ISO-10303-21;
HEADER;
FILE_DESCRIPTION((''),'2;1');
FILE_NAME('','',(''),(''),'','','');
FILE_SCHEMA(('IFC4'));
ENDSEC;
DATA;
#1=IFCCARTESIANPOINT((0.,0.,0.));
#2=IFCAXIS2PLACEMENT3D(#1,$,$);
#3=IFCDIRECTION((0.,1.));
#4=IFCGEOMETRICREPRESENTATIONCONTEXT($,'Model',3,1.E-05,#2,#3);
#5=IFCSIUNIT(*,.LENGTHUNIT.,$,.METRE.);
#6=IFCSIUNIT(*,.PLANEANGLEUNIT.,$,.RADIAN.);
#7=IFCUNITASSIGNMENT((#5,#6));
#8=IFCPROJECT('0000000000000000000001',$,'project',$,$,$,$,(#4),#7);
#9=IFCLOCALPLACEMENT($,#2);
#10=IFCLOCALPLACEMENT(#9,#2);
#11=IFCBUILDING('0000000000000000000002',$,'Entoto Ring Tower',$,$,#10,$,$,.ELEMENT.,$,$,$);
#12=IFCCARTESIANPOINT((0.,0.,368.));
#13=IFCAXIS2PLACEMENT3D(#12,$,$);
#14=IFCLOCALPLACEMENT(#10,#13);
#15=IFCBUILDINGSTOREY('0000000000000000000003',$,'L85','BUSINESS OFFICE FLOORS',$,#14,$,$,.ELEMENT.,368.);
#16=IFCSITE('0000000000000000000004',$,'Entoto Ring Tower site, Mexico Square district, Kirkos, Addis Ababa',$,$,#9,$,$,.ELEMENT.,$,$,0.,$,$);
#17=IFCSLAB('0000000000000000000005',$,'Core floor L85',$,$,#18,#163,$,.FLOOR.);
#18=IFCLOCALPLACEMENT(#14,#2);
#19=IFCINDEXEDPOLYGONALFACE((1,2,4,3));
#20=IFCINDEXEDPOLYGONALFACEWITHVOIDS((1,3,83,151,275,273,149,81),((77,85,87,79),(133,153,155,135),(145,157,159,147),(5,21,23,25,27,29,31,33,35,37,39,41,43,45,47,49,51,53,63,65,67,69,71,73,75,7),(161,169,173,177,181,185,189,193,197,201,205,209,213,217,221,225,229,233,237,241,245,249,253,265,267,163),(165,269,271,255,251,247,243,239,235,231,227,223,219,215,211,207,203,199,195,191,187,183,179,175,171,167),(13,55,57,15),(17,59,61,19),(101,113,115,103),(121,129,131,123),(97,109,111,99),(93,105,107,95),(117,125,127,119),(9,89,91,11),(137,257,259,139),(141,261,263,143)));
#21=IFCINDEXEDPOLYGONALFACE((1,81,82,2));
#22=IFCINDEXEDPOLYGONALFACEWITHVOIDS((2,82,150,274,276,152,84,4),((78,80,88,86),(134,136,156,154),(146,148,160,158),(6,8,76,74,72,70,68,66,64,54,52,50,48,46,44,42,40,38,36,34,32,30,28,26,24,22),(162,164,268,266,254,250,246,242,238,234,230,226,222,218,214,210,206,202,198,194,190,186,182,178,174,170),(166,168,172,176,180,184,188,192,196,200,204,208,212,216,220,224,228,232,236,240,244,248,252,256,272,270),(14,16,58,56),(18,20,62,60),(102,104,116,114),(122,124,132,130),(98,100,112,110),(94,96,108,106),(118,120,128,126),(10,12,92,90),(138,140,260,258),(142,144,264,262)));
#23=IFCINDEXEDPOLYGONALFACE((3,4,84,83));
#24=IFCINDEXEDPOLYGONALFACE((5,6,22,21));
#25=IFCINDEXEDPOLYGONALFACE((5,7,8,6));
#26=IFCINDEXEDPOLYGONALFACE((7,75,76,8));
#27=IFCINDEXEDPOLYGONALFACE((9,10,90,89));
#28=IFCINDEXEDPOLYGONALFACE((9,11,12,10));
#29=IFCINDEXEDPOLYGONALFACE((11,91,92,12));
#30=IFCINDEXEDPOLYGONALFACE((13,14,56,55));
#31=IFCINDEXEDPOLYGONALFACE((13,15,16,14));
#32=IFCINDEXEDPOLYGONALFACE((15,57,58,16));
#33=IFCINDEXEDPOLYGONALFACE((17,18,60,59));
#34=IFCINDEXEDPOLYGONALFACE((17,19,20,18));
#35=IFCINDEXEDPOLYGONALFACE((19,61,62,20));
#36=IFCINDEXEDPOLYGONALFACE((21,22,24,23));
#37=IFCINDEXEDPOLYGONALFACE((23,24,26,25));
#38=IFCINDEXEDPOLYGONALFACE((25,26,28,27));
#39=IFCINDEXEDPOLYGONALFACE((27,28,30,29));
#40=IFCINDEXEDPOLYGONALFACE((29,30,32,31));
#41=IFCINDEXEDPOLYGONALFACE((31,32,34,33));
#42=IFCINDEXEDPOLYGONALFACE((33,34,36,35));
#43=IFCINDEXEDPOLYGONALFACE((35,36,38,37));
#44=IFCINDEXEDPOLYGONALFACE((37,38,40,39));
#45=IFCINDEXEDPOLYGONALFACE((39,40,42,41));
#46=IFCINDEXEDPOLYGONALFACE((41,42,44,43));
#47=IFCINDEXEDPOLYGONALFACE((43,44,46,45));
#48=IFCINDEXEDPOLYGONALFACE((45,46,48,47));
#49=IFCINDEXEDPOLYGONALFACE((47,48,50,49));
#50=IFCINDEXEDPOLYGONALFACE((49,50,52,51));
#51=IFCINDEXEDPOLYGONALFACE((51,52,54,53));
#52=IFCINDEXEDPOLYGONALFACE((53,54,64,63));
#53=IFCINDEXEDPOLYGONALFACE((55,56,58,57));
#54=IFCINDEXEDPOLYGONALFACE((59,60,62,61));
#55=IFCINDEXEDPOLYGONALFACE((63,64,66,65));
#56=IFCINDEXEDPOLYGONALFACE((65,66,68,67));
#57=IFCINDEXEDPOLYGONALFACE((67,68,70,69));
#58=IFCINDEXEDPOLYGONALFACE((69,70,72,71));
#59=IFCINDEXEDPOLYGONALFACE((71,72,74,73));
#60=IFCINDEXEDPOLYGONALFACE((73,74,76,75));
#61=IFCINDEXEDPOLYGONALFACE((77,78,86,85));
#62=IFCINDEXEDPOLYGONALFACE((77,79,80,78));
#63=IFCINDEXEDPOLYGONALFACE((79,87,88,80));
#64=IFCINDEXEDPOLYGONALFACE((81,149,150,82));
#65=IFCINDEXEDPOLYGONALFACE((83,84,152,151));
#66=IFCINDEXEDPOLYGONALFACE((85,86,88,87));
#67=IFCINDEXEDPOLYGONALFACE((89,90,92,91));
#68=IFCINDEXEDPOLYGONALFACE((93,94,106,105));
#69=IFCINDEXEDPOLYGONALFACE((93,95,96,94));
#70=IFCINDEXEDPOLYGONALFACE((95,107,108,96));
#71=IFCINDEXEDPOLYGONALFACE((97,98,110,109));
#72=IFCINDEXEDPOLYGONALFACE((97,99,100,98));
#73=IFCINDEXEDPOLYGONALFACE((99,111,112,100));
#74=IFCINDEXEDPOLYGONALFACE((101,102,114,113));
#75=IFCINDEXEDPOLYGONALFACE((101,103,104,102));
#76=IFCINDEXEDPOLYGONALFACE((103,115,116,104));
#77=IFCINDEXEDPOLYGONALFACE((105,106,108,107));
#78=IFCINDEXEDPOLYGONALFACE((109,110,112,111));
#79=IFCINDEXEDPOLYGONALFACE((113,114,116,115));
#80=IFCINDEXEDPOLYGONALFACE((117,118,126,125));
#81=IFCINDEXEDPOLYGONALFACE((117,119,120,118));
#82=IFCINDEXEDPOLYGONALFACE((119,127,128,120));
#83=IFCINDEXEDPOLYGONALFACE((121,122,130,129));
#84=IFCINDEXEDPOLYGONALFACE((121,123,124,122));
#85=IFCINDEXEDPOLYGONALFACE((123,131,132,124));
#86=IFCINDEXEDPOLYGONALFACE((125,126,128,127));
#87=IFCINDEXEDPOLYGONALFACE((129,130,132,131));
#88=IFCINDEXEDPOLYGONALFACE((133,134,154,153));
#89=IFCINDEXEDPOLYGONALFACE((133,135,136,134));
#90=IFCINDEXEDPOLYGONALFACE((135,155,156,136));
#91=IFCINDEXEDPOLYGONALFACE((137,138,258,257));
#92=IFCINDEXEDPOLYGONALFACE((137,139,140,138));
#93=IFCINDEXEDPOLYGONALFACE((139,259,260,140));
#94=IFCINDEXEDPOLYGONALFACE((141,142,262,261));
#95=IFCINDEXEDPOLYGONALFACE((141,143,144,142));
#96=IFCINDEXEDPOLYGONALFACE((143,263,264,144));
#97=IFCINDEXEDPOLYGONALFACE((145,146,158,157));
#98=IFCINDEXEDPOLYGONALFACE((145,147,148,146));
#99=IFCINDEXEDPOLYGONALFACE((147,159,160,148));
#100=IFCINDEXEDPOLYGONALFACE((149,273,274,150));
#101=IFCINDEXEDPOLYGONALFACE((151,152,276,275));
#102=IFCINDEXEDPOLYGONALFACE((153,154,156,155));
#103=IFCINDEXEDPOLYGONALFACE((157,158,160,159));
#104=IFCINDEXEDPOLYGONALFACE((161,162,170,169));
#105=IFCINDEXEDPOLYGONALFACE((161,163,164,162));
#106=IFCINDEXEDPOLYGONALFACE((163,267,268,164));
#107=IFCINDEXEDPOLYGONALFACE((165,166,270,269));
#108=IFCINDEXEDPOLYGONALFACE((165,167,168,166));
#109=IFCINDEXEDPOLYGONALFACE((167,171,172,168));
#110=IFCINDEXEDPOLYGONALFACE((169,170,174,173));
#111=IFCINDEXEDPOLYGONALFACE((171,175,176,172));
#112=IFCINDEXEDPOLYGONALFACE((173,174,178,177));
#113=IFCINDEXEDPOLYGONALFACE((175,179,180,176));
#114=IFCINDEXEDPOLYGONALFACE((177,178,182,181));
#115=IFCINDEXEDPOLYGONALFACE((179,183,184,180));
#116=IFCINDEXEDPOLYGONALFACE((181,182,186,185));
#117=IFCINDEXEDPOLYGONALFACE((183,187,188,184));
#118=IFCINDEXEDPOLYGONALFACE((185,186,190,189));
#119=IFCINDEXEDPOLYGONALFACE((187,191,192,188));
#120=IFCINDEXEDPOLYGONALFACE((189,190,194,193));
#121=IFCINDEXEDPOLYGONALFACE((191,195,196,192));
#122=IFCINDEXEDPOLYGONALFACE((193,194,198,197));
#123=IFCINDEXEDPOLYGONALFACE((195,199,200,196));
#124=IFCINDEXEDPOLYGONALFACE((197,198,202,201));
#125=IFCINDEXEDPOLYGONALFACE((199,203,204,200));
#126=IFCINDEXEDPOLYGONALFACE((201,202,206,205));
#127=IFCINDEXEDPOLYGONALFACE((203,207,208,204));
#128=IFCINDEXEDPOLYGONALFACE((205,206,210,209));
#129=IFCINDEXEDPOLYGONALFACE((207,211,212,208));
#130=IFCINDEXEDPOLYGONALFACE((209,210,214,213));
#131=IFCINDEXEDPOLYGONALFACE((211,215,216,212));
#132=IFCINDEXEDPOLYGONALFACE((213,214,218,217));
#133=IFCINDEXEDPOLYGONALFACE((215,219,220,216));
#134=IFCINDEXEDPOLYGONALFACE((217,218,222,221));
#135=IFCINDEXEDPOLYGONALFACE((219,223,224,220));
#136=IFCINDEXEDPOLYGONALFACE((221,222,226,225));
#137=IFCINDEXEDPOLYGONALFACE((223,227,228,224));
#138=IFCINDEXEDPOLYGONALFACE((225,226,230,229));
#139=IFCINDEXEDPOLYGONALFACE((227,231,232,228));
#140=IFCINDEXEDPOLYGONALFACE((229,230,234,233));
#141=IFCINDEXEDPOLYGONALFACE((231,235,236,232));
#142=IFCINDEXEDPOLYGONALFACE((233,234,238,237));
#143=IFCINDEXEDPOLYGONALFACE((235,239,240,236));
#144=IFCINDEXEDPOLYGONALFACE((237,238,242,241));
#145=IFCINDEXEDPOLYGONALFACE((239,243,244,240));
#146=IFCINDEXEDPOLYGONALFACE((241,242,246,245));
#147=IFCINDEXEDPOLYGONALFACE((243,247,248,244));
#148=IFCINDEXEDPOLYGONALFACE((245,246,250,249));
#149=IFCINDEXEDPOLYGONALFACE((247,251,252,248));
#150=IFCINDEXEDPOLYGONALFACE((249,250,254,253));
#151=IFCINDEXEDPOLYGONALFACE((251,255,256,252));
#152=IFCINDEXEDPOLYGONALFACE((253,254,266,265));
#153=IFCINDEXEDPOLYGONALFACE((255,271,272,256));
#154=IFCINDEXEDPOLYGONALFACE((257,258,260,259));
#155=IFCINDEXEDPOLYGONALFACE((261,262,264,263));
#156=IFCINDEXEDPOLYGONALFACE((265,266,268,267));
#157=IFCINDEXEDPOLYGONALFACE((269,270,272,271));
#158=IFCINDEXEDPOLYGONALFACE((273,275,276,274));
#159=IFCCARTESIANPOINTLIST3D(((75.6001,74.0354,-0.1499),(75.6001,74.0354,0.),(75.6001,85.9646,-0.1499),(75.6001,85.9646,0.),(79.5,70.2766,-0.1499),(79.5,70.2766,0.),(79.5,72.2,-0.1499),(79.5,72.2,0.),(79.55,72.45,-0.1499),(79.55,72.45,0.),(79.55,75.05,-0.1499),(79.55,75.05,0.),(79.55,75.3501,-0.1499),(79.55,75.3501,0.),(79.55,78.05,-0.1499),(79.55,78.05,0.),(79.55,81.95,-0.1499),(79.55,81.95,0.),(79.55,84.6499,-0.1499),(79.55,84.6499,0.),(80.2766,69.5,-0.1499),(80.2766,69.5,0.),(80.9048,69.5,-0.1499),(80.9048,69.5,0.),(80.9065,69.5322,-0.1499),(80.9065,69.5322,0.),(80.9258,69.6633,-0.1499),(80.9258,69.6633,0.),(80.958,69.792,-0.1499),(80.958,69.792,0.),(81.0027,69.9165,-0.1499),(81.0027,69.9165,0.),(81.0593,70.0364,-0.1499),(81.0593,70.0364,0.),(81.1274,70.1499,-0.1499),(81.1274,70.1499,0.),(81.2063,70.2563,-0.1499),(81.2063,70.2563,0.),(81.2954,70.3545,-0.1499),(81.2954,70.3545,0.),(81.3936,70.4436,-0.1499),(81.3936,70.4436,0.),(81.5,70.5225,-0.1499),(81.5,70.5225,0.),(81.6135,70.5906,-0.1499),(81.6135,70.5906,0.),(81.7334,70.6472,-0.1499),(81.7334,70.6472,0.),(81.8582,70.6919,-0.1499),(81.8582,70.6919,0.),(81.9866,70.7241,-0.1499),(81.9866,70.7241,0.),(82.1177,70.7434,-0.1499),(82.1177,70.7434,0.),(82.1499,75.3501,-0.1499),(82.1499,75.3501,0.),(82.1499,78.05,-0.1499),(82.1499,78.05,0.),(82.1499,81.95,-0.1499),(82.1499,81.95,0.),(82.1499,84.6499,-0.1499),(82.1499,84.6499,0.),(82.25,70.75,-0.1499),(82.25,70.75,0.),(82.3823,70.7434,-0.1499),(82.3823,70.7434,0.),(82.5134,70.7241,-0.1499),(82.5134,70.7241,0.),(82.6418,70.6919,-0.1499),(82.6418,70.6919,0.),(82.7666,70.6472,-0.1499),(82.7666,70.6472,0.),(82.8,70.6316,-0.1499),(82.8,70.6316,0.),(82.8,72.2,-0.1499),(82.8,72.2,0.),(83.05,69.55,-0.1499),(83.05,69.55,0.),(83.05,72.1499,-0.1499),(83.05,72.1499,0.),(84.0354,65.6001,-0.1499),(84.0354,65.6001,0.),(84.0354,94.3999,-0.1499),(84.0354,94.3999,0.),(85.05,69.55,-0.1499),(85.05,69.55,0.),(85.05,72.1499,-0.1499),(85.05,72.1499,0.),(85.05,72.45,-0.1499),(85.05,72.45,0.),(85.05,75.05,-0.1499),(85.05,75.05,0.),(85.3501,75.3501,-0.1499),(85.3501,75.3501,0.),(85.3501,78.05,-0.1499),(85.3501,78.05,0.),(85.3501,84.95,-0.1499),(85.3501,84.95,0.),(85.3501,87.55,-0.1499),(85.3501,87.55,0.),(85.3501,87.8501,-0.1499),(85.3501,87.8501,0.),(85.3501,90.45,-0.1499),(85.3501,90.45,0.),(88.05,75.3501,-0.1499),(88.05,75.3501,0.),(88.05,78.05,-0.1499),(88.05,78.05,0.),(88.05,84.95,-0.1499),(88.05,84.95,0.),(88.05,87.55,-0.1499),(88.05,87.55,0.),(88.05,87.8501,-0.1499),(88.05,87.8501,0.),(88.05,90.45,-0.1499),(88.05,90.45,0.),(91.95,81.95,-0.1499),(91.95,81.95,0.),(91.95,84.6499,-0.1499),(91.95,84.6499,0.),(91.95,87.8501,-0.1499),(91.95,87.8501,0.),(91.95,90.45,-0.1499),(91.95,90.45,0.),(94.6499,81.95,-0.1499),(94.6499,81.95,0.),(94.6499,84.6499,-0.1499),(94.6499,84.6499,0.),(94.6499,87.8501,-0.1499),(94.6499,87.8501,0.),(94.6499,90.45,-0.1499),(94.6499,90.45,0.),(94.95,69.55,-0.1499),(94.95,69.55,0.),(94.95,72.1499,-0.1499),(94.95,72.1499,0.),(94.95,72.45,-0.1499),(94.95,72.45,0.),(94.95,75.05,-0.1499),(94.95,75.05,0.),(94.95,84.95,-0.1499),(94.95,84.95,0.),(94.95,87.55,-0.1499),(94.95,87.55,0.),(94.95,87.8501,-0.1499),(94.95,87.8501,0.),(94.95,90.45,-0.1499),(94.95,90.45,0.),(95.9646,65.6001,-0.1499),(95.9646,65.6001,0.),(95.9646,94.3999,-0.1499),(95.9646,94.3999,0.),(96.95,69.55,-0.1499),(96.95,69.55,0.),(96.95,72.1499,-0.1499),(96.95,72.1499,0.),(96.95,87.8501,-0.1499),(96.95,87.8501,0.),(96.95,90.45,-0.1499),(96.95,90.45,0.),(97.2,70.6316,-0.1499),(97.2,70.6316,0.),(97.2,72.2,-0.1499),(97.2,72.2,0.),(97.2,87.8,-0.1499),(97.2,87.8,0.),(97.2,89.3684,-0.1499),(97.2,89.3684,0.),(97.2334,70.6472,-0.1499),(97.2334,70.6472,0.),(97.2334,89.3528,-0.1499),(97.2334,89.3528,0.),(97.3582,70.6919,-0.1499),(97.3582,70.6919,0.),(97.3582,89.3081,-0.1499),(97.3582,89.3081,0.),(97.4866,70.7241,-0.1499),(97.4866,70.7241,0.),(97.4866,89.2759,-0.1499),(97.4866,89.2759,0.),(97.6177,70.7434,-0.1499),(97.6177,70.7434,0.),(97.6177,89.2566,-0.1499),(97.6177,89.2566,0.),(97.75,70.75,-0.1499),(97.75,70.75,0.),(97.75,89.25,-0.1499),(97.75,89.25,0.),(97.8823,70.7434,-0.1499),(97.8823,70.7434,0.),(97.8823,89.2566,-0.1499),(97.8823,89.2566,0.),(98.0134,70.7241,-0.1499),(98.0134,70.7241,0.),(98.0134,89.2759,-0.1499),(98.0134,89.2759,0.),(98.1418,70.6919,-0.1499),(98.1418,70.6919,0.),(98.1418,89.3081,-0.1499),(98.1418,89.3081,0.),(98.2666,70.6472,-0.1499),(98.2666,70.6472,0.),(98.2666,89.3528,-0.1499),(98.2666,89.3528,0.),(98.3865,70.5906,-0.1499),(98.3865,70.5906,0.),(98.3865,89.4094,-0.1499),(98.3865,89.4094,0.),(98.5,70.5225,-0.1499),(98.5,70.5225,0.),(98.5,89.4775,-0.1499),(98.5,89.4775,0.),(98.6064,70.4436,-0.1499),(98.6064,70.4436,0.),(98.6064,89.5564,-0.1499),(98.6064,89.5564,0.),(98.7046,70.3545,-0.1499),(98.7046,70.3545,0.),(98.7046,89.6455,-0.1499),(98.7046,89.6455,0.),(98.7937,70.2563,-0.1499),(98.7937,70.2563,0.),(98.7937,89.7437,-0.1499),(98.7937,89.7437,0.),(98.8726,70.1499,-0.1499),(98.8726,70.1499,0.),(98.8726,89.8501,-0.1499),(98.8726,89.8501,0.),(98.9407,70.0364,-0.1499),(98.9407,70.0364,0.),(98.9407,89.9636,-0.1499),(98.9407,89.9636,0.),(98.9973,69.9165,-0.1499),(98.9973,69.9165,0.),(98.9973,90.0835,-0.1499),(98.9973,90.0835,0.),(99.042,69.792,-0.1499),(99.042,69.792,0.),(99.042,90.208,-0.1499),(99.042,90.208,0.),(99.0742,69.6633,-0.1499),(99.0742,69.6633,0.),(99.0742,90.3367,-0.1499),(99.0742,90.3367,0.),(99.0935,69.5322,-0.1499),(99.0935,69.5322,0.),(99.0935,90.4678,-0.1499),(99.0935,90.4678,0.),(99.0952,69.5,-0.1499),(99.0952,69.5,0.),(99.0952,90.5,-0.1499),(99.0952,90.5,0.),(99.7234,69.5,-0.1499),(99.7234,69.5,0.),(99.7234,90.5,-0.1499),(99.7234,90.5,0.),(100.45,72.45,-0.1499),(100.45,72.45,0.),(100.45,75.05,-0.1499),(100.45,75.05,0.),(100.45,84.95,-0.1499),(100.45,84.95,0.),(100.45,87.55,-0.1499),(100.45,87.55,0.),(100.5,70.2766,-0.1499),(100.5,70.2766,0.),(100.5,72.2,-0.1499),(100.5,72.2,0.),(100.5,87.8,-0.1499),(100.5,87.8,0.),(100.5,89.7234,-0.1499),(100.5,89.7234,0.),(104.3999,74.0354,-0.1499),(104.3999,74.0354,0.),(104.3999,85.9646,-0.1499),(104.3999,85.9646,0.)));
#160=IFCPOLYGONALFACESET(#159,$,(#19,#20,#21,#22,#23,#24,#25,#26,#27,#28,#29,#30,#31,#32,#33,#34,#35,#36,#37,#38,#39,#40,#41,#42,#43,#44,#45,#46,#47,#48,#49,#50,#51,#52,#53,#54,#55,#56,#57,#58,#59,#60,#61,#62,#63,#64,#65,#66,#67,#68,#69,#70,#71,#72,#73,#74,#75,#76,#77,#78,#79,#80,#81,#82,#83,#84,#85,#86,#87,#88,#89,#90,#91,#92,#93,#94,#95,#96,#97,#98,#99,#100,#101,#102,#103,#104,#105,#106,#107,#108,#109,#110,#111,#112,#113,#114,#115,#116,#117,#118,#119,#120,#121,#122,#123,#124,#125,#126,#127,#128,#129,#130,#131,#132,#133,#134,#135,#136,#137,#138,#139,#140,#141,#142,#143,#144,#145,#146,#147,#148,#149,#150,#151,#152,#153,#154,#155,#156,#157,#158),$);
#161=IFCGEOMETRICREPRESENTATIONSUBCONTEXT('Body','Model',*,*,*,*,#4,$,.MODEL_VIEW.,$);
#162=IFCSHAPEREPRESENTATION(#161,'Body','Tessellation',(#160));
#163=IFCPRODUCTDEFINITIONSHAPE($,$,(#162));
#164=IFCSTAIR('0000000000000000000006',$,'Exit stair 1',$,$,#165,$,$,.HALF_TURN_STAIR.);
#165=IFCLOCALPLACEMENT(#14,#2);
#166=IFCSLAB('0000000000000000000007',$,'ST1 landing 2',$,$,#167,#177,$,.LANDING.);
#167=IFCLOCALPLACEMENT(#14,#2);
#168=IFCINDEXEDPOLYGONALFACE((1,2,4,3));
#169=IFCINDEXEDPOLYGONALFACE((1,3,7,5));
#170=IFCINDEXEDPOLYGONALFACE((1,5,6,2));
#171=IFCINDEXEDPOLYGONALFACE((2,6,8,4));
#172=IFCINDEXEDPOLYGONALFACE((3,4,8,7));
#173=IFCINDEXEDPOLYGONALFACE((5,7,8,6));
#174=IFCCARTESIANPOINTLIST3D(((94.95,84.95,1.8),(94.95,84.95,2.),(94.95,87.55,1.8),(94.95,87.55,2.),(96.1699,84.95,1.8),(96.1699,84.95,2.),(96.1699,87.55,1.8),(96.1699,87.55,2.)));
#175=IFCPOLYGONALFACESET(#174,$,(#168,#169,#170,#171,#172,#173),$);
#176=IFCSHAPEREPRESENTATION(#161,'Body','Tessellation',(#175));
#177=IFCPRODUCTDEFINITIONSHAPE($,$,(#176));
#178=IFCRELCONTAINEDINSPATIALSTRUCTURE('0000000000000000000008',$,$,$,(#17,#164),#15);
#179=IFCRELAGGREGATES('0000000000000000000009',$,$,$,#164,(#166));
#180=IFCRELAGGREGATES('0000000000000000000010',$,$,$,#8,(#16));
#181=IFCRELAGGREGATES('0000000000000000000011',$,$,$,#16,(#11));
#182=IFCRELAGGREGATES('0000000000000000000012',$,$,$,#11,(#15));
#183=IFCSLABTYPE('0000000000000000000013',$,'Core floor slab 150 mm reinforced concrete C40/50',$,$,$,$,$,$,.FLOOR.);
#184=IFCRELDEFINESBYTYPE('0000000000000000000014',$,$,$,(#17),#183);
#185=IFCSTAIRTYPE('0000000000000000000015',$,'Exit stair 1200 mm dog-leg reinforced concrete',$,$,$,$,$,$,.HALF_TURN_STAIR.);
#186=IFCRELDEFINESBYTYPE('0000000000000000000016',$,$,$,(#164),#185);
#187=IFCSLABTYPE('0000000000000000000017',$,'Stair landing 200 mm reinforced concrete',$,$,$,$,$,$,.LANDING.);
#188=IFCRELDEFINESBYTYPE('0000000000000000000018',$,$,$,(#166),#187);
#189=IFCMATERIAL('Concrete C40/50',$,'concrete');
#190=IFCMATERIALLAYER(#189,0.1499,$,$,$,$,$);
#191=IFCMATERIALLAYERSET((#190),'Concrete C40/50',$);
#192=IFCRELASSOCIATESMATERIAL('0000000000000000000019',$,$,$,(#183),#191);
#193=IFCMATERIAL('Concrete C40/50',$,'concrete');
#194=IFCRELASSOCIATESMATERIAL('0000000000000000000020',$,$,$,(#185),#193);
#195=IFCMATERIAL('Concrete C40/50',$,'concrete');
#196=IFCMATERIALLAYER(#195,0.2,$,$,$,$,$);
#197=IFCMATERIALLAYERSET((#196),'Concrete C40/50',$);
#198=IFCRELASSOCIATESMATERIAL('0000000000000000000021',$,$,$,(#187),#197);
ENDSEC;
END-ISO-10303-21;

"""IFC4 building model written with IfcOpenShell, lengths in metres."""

from ifc_helpers import new_model, si_unit, direction, frame, origin, place, context, subcontext, project, spatial, polyline, outline, extrude, material, layer, layer_set, type_object, element, aggregate, save


model = new_model("IFC4")

# Units and contexts
model_context = context("Model", 3, precision=1e-05, world=origin(), true_north=direction((0.0, 1.0)))
body_context = subcontext(model_context, "Body", "Model", "MODEL_VIEW")
ifc_project = project(units=[si_unit("LENGTHUNIT", "METRE"), si_unit("PLANEANGLEUNIT", "RADIAN")], contexts=[model_context])

# Site, building, storey
site_placement = place(None, origin())
site = spatial("IfcSite", under=ifc_project, at=site_placement, Name="Entoto Ring Tower site, Mexico Square district, Kirkos, Addis Ababa", CompositionType="ELEMENT", RefElevation=0.0)
building_placement = place(site_placement, origin())
building = spatial("IfcBuilding", under=site, at=building_placement, Name="Entoto Ring Tower", CompositionType="ELEMENT")
storey_placement = place(building_placement, frame((0.0, 0.0, 368.0)))
storey = spatial("IfcBuildingStorey", under=building, at=storey_placement, Name="L85", Description="BUSINESS OFFICE FLOORS", CompositionType="ELEMENT", Elevation=368.0)

# Slab
ifc_material_1 = material(Name="Concrete C40/50", Category="concrete")
ifc_layer_1 = layer(ifc_material_1, 0.1499)
ifc_layer_set_1 = layer_set([ifc_layer_1], Name="Concrete C40/50")
slab_type_1 = type_object("IfcSlabType", Name="Core floor slab 150 mm reinforced concrete C40/50", PredefinedType="FLOOR", material=ifc_layer_set_1)
slab_1_placement = place(storey_placement, frame((0.0, 0.0, -0.1499)))
element("IfcSlab", 1, at=slab_1_placement, inside=storey, type_object=slab_type_1, Name="Core floor L85", PredefinedType="FLOOR", context=body_context, shape_type="SweptSolid", body=[
    extrude(outline(polyline([(104.3999, 74.0354), (104.3999, 85.9646), (95.9646, 94.3999), (84.0354, 94.3999), (75.6001, 85.9646), (75.6001, 74.0354), (84.0354, 65.6001), (95.9646, 65.6001), (104.3999, 74.0354)]), holes=[polyline([(100.45, 84.95), (100.45, 87.55), (94.95, 87.55), (94.95, 84.95), (100.45, 84.95)]), polyline([(85.05, 72.45), (85.05, 75.05), (79.55, 75.05), (79.55, 72.45), (85.05, 72.45)]), polyline([(100.45, 72.45), (100.45, 75.05), (94.95, 75.05), (94.95, 72.45), (100.45, 72.45)]), polyline([(94.95, 90.45), (94.95, 87.8501), (96.95, 87.8501), (96.95, 90.45), (94.95, 90.45)]), polyline([(94.95, 72.1499), (94.95, 69.55), (96.95, 69.55), (96.95, 72.1499), (94.95, 72.1499)]), polyline([(83.05, 72.1499), (83.05, 69.55), (85.05, 69.55), (85.05, 72.1499), (83.05, 72.1499)]), polyline([(79.55, 81.95), (82.1499, 81.95), (82.1499, 84.6499), (79.55, 84.6499), (79.55, 81.95)]), polyline([(79.55, 75.3501), (82.1499, 75.3501), (82.1499, 78.05), (79.55, 78.05), (79.55, 75.3501)]), polyline([(91.95, 87.8501), (94.6499, 87.8501), (94.6499, 90.45), (91.95, 90.45), (91.95, 87.8501)]), polyline([(91.95, 81.95), (94.6499, 81.95), (94.6499, 84.6499), (91.95, 84.6499), (91.95, 81.95)]), polyline([(85.3501, 75.3501), (88.05, 75.3501), (88.05, 78.05), (85.3501, 78.05), (85.3501, 75.3501)]), polyline([(85.3501, 84.95), (88.05, 84.95), (88.05, 87.55), (85.3501, 87.55), (85.3501, 84.95)]), polyline([(85.3501, 87.8501), (88.05, 87.8501), (88.05, 90.45), (85.3501, 90.45), (85.3501, 87.8501)]), polyline([(97.2, 89.3684), (97.2, 87.8), (100.5, 87.8), (100.5, 89.7234), (99.7234, 90.5), (99.0952, 90.5), (99.0935, 90.4678), (99.0742, 90.3367), (99.042, 90.208), (98.9973, 90.0835), (98.9407, 89.9636), (98.8726, 89.8501), (98.7937, 89.7437), (98.7046, 89.6455), (98.6064, 89.5564), (98.5, 89.4775), (98.3865, 89.4094), (98.2666, 89.3528), (98.1418, 89.3081), (98.0134, 89.2759), (97.8823, 89.2566), (97.75, 89.25), (97.6177, 89.2566), (97.4866, 89.2759), (97.3582, 89.3081), (97.2334, 89.3528), (97.2, 89.3684)]), polyline([(80.2766, 69.5), (80.9048, 69.5), (80.9065, 69.5322), (80.9258, 69.6633), (80.958, 69.792), (81.0027, 69.9165), (81.0593, 70.0364), (81.1274, 70.1499), (81.2063, 70.2563), (81.2954, 70.3545), (81.3936, 70.4436), (81.5, 70.5225), (81.6135, 70.5906), (81.7334, 70.6472), (81.8582, 70.6919), (81.9866, 70.7241), (82.1177, 70.7434), (82.25, 70.75), (82.3823, 70.7434), (82.5134, 70.7241), (82.6418, 70.6919), (82.7666, 70.6472), (82.8, 70.6316), (82.8, 72.2), (79.5, 72.2), (79.5, 70.2766), (80.2766, 69.5)]), polyline([(99.0952, 69.5), (99.7234, 69.5), (100.5, 70.2766), (100.5, 72.2), (97.2, 72.2), (97.2, 70.6316), (97.2334, 70.6472), (97.3582, 70.6919), (97.4866, 70.7241), (97.6177, 70.7434), (97.75, 70.75), (97.8823, 70.7434), (98.0134, 70.7241), (98.1418, 70.6919), (98.2666, 70.6472), (98.3865, 70.5906), (98.5, 70.5225), (98.6064, 70.4436), (98.7046, 70.3545), (98.7937, 70.2563), (98.8726, 70.1499), (98.9407, 70.0364), (98.9973, 69.9165), (99.042, 69.792), (99.0742, 69.6633), (99.0935, 69.5322), (99.0952, 69.5)])]), origin(), (0.0, 0.0, 1.0), 0.1499),
])

# Stair, slab
ifc_material_2 = material(Name="Concrete C40/50", Category="concrete")
stair_type = type_object("IfcStairType", Name="Exit stair 1200 mm dog-leg reinforced concrete", PredefinedType="HALF_TURN_STAIR", material=ifc_material_2)
stair_1_placement = place(storey_placement, origin())
stair_1 = element("IfcStair", 2, at=stair_1_placement, inside=storey, type_object=stair_type, Name="Exit stair 1", PredefinedType="HALF_TURN_STAIR")
ifc_material_3 = material(Name="Concrete C40/50", Category="concrete")
ifc_layer_2 = layer(ifc_material_3, 0.2)
ifc_layer_set_2 = layer_set([ifc_layer_2], Name="Concrete C40/50")
slab_type_2 = type_object("IfcSlabType", Name="Stair landing 200 mm reinforced concrete", PredefinedType="LANDING", material=ifc_layer_set_2)
slab_2_placement = place(storey_placement, frame((0.0, 0.0, 1.8)))
slab_2 = element("IfcSlab", 3, at=slab_2_placement, type_object=slab_type_2, Name="ST1 landing 2", PredefinedType="LANDING", context=body_context, shape_type="SweptSolid", body=[
    extrude(outline(polyline([(94.95, 84.95), (96.1699, 84.95), (96.1699, 87.55), (94.95, 87.55), (94.95, 84.95)])), origin(), (0.0, 0.0, 1.0), 0.2),
])
aggregate(stair_1, [slab_2])

save(model, "model.ifc")
